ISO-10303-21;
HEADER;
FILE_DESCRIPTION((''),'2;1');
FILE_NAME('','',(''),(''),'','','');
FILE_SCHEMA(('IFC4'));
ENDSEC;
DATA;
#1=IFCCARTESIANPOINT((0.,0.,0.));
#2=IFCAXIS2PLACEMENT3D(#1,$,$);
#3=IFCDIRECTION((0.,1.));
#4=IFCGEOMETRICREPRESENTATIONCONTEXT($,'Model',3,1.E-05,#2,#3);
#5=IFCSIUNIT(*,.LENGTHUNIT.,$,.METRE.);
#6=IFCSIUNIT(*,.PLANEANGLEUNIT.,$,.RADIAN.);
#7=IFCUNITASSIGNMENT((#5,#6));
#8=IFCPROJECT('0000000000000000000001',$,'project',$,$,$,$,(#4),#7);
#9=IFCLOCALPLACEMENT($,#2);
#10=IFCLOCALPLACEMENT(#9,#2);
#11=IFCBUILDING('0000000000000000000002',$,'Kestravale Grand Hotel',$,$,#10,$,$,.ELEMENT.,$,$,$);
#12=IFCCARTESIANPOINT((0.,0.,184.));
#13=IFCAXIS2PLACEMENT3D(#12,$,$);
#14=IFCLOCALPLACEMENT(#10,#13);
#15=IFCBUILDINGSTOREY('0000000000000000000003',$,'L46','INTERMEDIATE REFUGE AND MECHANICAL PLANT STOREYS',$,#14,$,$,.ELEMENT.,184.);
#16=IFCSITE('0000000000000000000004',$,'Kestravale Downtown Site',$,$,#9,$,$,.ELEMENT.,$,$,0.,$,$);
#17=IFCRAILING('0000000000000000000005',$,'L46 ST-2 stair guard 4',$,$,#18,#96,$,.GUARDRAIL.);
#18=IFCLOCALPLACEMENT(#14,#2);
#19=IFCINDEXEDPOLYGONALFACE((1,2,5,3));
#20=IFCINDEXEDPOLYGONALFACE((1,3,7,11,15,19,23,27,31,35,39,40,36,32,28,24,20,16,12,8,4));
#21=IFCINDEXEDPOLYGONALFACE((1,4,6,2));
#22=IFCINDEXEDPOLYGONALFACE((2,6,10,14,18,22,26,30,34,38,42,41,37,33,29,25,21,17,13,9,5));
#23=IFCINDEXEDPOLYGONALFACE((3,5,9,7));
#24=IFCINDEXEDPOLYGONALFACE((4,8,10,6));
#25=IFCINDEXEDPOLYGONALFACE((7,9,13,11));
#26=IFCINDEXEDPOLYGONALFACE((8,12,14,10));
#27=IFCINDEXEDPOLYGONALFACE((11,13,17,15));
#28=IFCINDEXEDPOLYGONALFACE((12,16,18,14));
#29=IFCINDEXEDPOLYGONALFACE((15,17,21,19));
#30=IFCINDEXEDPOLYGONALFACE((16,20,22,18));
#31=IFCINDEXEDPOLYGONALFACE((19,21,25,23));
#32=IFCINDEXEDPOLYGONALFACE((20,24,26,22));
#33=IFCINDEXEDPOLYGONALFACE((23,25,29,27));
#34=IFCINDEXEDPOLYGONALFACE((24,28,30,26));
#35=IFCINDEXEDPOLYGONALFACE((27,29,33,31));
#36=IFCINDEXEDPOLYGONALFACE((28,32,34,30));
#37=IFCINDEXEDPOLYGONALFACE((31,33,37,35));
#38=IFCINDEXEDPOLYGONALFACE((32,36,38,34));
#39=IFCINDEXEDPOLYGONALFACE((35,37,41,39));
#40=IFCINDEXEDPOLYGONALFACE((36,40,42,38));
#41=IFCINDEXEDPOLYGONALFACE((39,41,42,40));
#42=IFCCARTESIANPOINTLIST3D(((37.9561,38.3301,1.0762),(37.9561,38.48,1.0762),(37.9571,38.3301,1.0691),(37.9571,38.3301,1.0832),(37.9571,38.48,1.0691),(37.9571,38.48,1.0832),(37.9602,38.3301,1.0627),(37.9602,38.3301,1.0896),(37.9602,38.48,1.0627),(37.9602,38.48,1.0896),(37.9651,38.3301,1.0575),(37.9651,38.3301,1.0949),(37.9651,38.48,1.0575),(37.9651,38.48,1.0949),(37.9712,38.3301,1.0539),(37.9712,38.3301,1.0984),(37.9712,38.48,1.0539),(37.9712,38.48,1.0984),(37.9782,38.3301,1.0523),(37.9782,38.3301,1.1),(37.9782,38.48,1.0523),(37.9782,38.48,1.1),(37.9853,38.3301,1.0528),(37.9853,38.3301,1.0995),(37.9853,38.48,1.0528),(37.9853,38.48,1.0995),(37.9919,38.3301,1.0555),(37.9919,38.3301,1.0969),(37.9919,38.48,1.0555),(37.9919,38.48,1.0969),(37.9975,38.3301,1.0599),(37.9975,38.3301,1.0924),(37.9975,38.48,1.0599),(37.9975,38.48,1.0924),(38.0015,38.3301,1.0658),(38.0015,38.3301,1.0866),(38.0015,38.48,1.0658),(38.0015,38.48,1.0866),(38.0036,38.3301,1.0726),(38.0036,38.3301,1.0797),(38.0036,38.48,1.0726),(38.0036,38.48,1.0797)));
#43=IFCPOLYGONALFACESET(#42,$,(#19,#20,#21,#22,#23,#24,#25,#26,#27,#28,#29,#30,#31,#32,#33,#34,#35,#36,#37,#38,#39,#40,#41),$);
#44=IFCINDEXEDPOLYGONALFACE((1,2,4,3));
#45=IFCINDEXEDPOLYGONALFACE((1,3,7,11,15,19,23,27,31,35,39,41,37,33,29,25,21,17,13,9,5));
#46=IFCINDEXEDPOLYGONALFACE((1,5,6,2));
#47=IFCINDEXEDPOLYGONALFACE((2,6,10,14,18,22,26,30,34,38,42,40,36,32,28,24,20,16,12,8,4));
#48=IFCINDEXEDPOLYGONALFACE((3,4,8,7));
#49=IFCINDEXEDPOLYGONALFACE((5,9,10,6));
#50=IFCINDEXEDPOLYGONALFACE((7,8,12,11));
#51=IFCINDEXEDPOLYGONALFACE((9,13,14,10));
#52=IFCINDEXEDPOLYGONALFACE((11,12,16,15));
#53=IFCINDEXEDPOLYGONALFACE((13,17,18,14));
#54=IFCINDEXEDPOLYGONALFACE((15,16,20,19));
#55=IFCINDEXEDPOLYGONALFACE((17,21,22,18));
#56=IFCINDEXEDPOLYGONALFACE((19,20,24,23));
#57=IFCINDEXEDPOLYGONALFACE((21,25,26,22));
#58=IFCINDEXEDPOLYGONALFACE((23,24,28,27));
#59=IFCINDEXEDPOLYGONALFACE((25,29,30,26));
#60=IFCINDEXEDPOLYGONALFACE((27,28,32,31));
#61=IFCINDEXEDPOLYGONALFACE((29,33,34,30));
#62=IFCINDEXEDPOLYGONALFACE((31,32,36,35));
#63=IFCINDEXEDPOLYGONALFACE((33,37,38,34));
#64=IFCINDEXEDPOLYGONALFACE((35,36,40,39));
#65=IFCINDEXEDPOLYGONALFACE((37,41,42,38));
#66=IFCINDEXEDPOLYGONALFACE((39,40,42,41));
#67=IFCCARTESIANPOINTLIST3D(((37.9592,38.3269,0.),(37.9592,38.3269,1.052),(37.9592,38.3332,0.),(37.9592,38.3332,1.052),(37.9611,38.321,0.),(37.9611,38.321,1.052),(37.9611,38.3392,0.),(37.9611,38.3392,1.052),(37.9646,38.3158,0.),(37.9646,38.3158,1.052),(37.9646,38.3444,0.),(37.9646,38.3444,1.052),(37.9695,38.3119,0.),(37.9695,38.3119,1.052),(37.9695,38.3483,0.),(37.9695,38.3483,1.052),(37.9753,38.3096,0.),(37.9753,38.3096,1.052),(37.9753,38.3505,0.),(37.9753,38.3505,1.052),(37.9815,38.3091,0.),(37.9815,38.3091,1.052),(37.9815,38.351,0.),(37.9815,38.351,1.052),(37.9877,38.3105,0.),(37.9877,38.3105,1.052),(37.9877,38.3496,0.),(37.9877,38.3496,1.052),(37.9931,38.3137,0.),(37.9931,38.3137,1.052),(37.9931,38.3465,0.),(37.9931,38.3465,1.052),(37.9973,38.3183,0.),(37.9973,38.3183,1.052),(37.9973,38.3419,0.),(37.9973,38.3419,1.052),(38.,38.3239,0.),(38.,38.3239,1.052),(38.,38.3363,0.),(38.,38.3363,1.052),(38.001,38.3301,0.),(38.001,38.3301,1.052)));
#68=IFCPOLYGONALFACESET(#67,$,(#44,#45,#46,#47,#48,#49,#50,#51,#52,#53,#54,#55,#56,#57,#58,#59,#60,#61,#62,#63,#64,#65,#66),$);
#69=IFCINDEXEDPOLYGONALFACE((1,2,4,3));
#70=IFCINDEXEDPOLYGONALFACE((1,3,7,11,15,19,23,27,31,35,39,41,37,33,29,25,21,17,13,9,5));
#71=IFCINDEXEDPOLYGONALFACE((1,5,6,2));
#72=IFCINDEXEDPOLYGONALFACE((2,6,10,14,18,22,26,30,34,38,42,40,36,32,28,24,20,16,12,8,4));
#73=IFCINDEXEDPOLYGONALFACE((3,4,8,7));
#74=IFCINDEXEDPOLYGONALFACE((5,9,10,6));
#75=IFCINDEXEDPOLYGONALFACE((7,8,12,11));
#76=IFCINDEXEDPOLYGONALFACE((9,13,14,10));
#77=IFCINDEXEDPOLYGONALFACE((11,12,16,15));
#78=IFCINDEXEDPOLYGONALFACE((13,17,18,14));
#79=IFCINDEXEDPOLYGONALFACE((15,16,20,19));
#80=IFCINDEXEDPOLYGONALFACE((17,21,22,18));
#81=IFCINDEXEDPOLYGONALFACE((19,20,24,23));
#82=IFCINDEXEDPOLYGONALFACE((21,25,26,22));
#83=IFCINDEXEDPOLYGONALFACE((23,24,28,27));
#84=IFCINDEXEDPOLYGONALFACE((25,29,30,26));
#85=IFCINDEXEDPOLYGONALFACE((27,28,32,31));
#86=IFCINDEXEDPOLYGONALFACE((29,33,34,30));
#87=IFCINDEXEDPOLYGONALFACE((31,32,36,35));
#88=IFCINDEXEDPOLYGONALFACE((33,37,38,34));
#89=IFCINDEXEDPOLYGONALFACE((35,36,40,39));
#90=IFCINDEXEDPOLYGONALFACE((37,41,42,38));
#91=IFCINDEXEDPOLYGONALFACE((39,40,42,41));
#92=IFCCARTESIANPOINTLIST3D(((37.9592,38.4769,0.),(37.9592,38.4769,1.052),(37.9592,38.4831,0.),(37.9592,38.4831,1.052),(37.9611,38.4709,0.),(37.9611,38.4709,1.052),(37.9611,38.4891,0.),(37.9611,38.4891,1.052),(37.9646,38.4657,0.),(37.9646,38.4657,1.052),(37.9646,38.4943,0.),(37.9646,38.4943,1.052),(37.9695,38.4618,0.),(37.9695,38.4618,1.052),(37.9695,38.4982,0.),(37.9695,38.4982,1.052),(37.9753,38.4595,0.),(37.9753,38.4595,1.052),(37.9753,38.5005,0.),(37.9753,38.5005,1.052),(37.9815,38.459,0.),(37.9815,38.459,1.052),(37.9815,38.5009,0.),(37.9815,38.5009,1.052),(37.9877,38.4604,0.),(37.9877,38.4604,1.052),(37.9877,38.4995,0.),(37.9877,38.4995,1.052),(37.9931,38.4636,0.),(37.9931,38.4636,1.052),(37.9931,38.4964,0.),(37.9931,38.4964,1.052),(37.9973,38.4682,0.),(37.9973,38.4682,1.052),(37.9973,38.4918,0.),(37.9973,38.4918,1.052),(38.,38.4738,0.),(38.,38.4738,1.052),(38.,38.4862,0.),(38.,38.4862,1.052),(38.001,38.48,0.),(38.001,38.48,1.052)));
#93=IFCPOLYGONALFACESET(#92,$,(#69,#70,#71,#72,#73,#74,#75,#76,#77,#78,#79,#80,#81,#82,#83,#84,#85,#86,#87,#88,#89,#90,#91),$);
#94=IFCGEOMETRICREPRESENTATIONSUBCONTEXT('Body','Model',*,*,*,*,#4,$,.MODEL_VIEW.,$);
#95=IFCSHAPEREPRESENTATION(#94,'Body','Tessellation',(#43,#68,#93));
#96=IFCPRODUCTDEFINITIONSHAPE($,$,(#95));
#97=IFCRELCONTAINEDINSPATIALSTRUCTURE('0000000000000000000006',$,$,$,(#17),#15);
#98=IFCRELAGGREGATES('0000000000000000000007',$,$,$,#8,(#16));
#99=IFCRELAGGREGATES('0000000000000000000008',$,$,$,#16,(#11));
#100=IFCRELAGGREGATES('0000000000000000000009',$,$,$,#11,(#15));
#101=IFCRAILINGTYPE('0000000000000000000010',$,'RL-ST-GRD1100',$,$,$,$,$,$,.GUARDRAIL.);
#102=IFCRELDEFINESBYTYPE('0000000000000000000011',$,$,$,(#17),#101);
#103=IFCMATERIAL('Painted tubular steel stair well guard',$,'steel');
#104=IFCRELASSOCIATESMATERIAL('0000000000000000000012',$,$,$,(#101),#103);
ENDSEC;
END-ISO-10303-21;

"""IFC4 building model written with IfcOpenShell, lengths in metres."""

from ifc_helpers import new_model, si_unit, direction, frame, origin, origin_2d, place, context, subcontext, project, spatial, circle, extrude, material, type_object, element, save


model = new_model("IFC4")

# Units and contexts
model_context = context("Model", 3, precision=1e-05, world=origin(), true_north=direction((0.0, 1.0)))
body_context = subcontext(model_context, "Body", "Model", "MODEL_VIEW")
ifc_project = project(units=[si_unit("LENGTHUNIT", "METRE"), si_unit("PLANEANGLEUNIT", "RADIAN")], contexts=[model_context])

# Site, building, storey
site_placement = place(None, origin())
site = spatial("IfcSite", under=ifc_project, at=site_placement, Name="Kestravale Downtown Site", CompositionType="ELEMENT", RefElevation=0.0)
building_placement = place(site_placement, origin())
building = spatial("IfcBuilding", under=site, at=building_placement, Name="Kestravale Grand Hotel", CompositionType="ELEMENT")
storey_placement = place(building_placement, frame((0.0, 0.0, 184.0)))
storey = spatial("IfcBuildingStorey", under=building, at=storey_placement, Name="L46", Description="INTERMEDIATE REFUGE AND MECHANICAL PLANT STOREYS", CompositionType="ELEMENT", Elevation=184.0)

# Railing
ifc_material_1 = material(Name="Painted tubular steel stair well guard", Category="steel")
railing_type_1 = type_object("IfcRailingType", Name="RL-ST-GRD1100", PredefinedType="GUARDRAIL", material=ifc_material_1)
railing_1_placement = place(storey_placement, frame((37.98, 38.3301, 0.0)))
element("IfcRailing", 1, at=railing_1_placement, inside=storey, type_object=railing_type_1, Name="L46 ST-2 stair guard 4", PredefinedType="GUARDRAIL", context=body_context, shape_type="SweptSolid", body=[
    extrude(circle(Radius=0.0239, at=origin_2d()), frame((0.0, 0.0, 1.0762), z_axis=(0.0, 1.0, 0.0), x_axis=(-1.0, 0.0, 0.0)), (0.0, 0.0, 1.0), 0.1499),
    extrude(circle(Radius=0.021, at=origin_2d()), origin(), (0.0, 0.0, 1.0), 1.052),
    extrude(circle(Radius=0.021, at=origin_2d()), frame((0.0, 0.1499, 0.0)), (0.0, 0.0, 1.0), 1.052),
])

save(model, "model.ifc")
